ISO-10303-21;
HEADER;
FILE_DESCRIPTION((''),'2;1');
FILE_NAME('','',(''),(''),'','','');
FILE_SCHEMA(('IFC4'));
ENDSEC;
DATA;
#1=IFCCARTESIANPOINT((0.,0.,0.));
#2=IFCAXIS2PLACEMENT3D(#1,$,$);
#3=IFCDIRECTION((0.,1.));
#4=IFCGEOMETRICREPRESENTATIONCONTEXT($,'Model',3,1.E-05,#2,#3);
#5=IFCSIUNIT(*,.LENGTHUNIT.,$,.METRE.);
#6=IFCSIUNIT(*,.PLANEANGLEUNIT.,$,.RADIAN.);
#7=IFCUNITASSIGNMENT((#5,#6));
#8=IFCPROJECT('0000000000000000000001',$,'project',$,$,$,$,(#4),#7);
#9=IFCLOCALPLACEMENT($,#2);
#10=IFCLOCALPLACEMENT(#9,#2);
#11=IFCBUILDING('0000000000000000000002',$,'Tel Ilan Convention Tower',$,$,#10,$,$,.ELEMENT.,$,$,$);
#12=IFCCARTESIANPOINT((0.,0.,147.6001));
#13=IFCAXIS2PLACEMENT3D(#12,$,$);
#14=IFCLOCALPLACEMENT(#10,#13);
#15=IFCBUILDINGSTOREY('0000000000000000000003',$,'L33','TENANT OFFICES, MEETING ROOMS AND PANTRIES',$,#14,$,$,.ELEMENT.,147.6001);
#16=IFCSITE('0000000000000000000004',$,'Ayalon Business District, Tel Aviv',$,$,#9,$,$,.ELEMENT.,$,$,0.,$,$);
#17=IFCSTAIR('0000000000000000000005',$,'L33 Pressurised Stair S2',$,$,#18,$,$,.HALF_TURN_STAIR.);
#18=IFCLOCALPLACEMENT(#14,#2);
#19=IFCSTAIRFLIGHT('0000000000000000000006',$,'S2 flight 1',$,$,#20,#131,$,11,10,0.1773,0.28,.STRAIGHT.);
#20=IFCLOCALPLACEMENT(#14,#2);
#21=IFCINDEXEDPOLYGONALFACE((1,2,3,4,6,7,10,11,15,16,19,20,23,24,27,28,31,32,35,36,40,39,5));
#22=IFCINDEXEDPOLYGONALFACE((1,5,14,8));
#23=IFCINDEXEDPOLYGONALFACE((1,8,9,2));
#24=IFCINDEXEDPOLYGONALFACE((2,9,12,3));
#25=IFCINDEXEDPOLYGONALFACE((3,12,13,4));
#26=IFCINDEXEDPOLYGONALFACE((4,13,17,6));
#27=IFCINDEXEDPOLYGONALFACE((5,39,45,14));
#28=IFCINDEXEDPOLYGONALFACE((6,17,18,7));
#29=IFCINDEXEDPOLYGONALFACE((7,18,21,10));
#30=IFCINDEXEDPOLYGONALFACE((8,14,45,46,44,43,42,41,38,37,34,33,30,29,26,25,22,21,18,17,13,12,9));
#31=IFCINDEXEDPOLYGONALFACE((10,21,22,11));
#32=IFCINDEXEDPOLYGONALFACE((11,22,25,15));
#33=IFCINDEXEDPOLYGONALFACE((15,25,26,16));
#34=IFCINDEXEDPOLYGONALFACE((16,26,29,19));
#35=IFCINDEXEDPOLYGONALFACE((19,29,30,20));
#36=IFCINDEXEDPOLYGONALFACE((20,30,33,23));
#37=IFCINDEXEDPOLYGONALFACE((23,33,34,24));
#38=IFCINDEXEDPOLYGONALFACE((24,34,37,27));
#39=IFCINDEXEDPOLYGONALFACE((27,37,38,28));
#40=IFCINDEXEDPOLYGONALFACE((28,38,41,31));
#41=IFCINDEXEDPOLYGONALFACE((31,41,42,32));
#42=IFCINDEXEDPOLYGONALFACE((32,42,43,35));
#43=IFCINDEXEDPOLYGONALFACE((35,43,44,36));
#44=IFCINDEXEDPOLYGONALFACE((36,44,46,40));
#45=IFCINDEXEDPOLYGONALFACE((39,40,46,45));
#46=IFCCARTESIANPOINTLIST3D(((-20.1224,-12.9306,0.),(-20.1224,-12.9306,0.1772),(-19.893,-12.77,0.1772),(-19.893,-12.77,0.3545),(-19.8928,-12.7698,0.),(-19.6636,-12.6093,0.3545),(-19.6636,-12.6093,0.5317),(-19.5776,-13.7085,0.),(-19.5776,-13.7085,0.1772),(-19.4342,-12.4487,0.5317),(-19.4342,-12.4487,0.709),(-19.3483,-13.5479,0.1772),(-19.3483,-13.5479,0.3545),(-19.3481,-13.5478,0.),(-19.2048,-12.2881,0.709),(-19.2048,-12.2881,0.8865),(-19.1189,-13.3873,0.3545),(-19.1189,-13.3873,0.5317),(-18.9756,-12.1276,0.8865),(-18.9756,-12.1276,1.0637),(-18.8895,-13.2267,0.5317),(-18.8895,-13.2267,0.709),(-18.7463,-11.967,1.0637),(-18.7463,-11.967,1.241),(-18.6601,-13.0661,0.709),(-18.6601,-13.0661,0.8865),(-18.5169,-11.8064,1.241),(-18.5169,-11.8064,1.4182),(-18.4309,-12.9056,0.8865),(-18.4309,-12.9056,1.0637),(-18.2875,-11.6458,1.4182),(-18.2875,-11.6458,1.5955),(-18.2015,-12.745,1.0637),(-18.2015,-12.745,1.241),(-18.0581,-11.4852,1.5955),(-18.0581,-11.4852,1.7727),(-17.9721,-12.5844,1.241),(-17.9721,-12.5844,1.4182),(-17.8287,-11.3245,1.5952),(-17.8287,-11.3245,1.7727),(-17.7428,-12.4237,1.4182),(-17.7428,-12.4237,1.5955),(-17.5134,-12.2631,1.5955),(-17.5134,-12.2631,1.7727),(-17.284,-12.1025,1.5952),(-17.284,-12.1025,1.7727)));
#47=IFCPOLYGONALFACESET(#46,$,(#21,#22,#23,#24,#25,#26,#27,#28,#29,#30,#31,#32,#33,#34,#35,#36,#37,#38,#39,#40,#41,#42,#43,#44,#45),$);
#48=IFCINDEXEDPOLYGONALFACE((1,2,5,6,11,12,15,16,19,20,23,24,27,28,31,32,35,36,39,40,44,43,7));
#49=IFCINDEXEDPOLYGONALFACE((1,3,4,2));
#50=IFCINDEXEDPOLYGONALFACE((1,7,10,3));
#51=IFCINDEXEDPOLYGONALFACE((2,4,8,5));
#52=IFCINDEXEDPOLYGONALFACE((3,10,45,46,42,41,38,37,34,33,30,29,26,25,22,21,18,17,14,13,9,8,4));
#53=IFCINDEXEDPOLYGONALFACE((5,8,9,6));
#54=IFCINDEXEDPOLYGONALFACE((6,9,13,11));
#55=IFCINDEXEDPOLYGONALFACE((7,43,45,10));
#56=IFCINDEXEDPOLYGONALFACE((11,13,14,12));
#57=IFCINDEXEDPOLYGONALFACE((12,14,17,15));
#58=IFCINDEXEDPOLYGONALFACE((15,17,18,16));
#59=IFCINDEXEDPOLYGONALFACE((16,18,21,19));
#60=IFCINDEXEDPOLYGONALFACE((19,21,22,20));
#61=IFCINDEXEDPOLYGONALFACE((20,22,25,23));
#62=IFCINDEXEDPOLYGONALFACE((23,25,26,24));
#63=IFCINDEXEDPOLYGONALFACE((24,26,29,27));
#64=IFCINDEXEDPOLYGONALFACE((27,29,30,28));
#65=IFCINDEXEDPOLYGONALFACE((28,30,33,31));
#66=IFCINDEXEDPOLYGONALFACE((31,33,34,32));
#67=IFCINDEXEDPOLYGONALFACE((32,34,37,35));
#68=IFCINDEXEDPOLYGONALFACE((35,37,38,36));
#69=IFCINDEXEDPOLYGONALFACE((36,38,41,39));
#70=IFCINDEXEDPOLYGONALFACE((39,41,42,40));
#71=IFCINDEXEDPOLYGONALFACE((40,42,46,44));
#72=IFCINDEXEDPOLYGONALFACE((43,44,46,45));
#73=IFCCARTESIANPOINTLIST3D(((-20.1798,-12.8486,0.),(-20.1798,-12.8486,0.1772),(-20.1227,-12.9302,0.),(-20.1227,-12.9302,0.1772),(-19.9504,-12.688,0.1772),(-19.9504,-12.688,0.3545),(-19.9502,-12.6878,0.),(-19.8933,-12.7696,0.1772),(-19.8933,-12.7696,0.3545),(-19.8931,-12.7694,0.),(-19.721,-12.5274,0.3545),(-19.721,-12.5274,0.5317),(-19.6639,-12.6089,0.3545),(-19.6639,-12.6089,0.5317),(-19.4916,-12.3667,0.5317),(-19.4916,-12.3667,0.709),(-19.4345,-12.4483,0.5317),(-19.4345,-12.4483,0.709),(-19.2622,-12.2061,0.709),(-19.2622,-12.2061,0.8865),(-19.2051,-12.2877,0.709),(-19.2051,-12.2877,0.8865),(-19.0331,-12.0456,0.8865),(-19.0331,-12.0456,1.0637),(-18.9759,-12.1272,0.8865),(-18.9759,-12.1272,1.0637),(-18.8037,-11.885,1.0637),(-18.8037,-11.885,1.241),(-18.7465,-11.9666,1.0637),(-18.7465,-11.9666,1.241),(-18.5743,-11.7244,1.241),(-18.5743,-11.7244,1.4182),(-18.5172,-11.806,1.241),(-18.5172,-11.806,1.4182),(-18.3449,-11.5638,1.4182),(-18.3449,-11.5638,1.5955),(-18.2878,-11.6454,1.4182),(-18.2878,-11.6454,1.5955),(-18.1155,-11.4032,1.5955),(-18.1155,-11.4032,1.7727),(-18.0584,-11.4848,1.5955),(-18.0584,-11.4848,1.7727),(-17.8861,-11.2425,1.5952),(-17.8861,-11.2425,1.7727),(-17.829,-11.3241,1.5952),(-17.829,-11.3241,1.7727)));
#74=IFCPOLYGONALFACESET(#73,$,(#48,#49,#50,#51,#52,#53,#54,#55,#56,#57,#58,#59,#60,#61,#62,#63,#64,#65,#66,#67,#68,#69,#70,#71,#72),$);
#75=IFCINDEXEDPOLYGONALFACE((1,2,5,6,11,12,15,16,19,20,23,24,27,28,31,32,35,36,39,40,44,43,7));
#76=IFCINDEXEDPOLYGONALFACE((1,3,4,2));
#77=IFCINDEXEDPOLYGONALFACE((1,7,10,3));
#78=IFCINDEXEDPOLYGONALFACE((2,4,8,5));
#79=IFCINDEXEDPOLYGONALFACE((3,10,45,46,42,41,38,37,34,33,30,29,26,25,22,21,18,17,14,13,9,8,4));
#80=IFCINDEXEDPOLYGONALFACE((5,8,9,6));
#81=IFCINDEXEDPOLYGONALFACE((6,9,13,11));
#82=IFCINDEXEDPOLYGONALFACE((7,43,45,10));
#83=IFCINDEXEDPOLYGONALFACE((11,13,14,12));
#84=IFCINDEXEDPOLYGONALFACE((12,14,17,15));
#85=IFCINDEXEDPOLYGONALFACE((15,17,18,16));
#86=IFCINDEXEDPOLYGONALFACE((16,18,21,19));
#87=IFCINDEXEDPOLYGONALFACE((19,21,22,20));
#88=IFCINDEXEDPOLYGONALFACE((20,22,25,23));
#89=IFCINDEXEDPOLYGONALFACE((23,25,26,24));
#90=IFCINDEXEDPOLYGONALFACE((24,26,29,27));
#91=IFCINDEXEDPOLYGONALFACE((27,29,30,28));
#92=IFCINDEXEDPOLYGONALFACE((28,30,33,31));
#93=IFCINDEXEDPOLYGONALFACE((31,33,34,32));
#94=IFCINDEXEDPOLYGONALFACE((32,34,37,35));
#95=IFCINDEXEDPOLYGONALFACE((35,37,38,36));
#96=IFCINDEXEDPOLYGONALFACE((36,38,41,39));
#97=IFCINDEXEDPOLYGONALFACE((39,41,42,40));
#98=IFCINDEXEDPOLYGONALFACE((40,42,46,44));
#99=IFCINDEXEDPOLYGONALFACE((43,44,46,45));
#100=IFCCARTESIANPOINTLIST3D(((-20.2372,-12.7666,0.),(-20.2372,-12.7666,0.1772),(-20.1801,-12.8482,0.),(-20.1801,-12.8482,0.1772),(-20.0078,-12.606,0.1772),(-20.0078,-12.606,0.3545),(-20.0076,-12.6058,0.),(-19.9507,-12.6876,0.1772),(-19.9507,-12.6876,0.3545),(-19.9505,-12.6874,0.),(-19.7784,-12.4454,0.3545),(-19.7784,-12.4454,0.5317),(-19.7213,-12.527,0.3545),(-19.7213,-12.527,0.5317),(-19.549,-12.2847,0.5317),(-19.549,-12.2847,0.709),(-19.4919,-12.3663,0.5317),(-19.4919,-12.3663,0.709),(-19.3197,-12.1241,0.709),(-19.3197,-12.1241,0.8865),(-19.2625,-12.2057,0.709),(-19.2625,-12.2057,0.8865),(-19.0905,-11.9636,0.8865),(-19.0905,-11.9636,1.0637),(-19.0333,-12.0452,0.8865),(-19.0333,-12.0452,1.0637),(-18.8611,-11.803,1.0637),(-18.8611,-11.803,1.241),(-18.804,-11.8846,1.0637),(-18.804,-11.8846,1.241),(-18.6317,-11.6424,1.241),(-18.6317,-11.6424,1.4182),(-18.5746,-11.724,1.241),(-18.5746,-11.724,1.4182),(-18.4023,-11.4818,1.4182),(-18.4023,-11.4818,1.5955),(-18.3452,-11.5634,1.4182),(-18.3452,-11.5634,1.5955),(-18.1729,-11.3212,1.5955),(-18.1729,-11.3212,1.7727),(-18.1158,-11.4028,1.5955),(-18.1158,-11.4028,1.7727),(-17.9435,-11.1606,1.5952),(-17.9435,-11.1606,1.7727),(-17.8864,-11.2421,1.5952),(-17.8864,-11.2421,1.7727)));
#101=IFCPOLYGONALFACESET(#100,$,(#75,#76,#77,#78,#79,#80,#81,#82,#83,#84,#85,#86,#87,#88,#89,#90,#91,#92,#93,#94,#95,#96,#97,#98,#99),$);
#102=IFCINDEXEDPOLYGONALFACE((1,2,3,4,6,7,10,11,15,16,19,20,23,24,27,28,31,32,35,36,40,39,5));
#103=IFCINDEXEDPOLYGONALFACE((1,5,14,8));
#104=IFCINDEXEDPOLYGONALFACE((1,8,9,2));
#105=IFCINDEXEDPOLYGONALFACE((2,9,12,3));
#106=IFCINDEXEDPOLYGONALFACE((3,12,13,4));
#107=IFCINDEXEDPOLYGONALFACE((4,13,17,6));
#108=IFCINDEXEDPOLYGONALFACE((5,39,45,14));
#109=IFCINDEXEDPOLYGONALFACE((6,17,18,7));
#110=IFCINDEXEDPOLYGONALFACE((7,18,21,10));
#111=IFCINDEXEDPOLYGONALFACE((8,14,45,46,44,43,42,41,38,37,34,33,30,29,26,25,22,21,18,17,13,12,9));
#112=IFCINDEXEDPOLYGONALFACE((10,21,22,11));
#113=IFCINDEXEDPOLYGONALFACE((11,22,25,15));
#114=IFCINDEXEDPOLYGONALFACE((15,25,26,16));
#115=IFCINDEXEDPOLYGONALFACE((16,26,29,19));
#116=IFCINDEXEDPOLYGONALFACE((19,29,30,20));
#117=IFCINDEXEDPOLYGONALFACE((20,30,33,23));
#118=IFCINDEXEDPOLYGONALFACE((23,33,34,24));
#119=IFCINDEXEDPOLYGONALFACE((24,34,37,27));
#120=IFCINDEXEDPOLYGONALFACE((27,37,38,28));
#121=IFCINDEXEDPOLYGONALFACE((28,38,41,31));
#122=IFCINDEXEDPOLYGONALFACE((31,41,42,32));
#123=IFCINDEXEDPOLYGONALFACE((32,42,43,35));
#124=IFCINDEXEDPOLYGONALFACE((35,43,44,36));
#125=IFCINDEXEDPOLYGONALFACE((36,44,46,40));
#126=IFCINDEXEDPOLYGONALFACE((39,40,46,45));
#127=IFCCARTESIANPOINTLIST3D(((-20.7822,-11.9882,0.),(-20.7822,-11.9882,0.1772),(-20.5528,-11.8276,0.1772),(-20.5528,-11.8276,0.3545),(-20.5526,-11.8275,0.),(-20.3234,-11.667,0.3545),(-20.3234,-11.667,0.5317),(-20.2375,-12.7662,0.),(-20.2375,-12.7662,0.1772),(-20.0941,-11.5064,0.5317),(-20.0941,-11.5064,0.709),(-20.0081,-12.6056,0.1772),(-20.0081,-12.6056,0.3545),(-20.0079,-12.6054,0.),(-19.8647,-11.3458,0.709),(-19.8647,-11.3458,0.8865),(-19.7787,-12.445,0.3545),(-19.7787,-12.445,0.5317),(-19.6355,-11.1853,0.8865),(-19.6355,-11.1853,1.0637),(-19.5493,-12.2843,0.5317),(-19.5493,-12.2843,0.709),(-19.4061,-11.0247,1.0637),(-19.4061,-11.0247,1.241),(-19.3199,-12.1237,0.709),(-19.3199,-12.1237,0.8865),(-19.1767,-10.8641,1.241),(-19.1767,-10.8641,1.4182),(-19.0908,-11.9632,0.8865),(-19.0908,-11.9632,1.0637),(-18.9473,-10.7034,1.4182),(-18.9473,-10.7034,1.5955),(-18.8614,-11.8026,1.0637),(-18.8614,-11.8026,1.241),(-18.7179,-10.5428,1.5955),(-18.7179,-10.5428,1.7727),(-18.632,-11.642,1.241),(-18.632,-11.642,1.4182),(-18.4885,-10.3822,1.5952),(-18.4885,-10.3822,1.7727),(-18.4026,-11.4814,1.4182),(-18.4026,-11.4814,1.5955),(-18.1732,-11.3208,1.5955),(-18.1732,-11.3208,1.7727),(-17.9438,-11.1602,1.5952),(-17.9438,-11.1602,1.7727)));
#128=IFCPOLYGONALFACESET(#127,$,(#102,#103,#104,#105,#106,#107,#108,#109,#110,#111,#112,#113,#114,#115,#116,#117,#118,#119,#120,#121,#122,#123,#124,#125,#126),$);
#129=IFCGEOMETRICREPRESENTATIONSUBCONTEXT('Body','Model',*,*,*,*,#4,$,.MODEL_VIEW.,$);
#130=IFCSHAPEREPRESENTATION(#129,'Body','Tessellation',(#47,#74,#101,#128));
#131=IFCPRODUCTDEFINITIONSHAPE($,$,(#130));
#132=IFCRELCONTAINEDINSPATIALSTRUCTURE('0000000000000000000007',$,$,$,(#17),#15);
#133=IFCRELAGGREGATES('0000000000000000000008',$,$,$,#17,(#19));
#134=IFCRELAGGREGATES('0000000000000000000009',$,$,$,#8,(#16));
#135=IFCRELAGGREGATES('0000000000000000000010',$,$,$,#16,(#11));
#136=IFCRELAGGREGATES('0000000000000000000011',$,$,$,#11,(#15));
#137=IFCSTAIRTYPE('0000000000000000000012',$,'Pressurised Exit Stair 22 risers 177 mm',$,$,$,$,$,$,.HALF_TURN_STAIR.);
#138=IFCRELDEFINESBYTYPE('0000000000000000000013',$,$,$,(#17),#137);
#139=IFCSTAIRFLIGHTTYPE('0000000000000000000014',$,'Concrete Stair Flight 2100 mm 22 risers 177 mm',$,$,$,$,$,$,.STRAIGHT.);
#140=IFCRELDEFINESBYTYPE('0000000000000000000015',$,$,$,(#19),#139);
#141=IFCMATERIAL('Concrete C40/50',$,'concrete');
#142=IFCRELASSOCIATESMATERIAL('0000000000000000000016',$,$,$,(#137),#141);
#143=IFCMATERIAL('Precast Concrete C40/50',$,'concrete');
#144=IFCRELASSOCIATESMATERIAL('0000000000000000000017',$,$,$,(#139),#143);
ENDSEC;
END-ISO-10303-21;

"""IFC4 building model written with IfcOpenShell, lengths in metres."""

from ifc_helpers import new_model, si_unit, direction, frame, origin, place, context, subcontext, project, spatial, polyline, outline, extrude, material, type_object, element, aggregate, save


model = new_model("IFC4")

# Units and contexts
model_context = context("Model", 3, precision=1e-05, world=origin(), true_north=direction((0.0, 1.0)))
body_context = subcontext(model_context, "Body", "Model", "MODEL_VIEW")
ifc_project = project(units=[si_unit("LENGTHUNIT", "METRE"), si_unit("PLANEANGLEUNIT", "RADIAN")], contexts=[model_context])

# Site, building, storey
site_placement = place(None, origin())
site = spatial("IfcSite", under=ifc_project, at=site_placement, Name="Ayalon Business District, Tel Aviv", CompositionType="ELEMENT", RefElevation=0.0)
building_placement = place(site_placement, origin())
building = spatial("IfcBuilding", under=site, at=building_placement, Name="Tel Ilan Convention Tower", CompositionType="ELEMENT")
storey_placement = place(building_placement, frame((0.0, 0.0, 147.6001)))
storey = spatial("IfcBuildingStorey", under=building, at=storey_placement, Name="L33", Description="TENANT OFFICES, MEETING ROOMS AND PANTRIES", CompositionType="ELEMENT", Elevation=147.6001)

# Stair, stair flight
ifc_material_1 = material(Name="Concrete C40/50", Category="concrete")
stair_type = type_object("IfcStairType", Name="Pressurised Exit Stair 22 risers 177 mm", PredefinedType="HALF_TURN_STAIR", material=ifc_material_1)
ifc_material_2 = material(Name="Precast Concrete C40/50", Category="concrete")
stair_flight_type = type_object("IfcStairFlightType", Name="Concrete Stair Flight 2100 mm 22 risers 177 mm", PredefinedType="STRAIGHT", material=ifc_material_2)
stair_1_placement = place(storey_placement, origin())
stair_1 = element("IfcStair", 1, at=stair_1_placement, inside=storey, type_object=stair_type, Name="L33 Pressurised Stair S2", PredefinedType="HALF_TURN_STAIR")
stair_flight_1_placement = place(storey_placement, frame((-20.1799, -12.8484, 0.0), z_axis=(0.0, 0.0, 1.0), x_axis=(0.819152, 0.573576, 0.0)))
stair_flight_1 = element("IfcStairFlight", 2, at=stair_flight_1_placement, type_object=stair_flight_type, Name="S2 flight 1", NumberOfRisers=11, NumberOfTreads=10, PredefinedType="STRAIGHT", RiserHeight=0.1773, TreadLength=0.28, context=body_context, shape_type="SweptSolid", body=[
    extrude(outline(polyline([(0.0, 0.0), (0.0, 0.1772), (0.28, 0.1772), (0.28, 0.3545), (0.5601, 0.3545), (0.5601, 0.5317), (0.8401, 0.5317), (0.8401, 0.709), (1.1201, 0.709), (1.1201, 0.8865), (1.3999, 0.8865), (1.3999, 1.0637), (1.6799, 1.0637), (1.6799, 1.241), (1.96, 1.241), (1.96, 1.4182), (2.24, 1.4182), (2.24, 1.5955), (2.52, 1.5955), (2.52, 1.7727), (2.8, 1.7727), (2.8, 1.95), (2.8, 1.5952), (0.2803, 0.0), (0.0, 0.0)])), frame((0.0, -0.1003, 0.0), z_axis=(0.0, -1.0, 0.0), x_axis=(1.0, 0.0, 0.0)), (0.0, 0.0, 1.0), 0.9497),
    extrude(outline(polyline([(0.0, 0.0), (0.0, 0.1772), (0.28, 0.1772), (0.28, 0.3545), (0.5601, 0.3545), (0.5601, 0.5317), (0.8401, 0.5317), (0.8401, 0.709), (1.1201, 0.709), (1.1201, 0.8865), (1.3999, 0.8865), (1.3999, 1.0637), (1.6799, 1.0637), (1.6799, 1.241), (1.96, 1.241), (1.96, 1.4182), (2.24, 1.4182), (2.24, 1.5955), (2.52, 1.5955), (2.52, 1.7727), (2.8, 1.7727), (2.8, 1.95), (2.8, 1.5952), (0.2803, 0.0), (0.0, 0.0)])), frame((0.0, -0.0002, 0.0), z_axis=(0.0, -1.0, 0.0), x_axis=(1.0, 0.0, 0.0)), (0.0, 0.0, 1.0), 0.0996),
    extrude(outline(polyline([(0.0, 0.0), (0.0, 0.1772), (0.28, 0.1772), (0.28, 0.3545), (0.5601, 0.3545), (0.5601, 0.5317), (0.8401, 0.5317), (0.8401, 0.709), (1.1201, 0.709), (1.1201, 0.8865), (1.3999, 0.8865), (1.3999, 1.0637), (1.6799, 1.0637), (1.6799, 1.241), (1.96, 1.241), (1.96, 1.4182), (2.24, 1.4182), (2.24, 1.5955), (2.52, 1.5955), (2.52, 1.7727), (2.8, 1.7727), (2.8, 1.95), (2.8, 1.5952), (0.2803, 0.0), (0.0, 0.0)])), frame((0.0, 0.0999, 0.0), z_axis=(0.0, -1.0, 0.0), x_axis=(1.0, 0.0, 0.0)), (0.0, 0.0, 1.0), 0.0996),
    extrude(outline(polyline([(0.0, 0.0), (0.0, 0.1772), (0.28, 0.1772), (0.28, 0.3545), (0.5601, 0.3545), (0.5601, 0.5317), (0.8401, 0.5317), (0.8401, 0.709), (1.1201, 0.709), (1.1201, 0.8865), (1.3999, 0.8865), (1.3999, 1.0637), (1.6799, 1.0637), (1.6799, 1.241), (1.96, 1.241), (1.96, 1.4182), (2.24, 1.4182), (2.24, 1.5955), (2.52, 1.5955), (2.52, 1.7727), (2.8, 1.7727), (2.8, 1.95), (2.8, 1.5952), (0.2803, 0.0), (0.0, 0.0)])), frame((0.0, 1.05, 0.0), z_axis=(0.0, -1.0, 0.0), x_axis=(1.0, 0.0, 0.0)), (0.0, 0.0, 1.0), 0.9497),
])
aggregate(stair_1, [stair_flight_1])

save(model, "model.ifc")
